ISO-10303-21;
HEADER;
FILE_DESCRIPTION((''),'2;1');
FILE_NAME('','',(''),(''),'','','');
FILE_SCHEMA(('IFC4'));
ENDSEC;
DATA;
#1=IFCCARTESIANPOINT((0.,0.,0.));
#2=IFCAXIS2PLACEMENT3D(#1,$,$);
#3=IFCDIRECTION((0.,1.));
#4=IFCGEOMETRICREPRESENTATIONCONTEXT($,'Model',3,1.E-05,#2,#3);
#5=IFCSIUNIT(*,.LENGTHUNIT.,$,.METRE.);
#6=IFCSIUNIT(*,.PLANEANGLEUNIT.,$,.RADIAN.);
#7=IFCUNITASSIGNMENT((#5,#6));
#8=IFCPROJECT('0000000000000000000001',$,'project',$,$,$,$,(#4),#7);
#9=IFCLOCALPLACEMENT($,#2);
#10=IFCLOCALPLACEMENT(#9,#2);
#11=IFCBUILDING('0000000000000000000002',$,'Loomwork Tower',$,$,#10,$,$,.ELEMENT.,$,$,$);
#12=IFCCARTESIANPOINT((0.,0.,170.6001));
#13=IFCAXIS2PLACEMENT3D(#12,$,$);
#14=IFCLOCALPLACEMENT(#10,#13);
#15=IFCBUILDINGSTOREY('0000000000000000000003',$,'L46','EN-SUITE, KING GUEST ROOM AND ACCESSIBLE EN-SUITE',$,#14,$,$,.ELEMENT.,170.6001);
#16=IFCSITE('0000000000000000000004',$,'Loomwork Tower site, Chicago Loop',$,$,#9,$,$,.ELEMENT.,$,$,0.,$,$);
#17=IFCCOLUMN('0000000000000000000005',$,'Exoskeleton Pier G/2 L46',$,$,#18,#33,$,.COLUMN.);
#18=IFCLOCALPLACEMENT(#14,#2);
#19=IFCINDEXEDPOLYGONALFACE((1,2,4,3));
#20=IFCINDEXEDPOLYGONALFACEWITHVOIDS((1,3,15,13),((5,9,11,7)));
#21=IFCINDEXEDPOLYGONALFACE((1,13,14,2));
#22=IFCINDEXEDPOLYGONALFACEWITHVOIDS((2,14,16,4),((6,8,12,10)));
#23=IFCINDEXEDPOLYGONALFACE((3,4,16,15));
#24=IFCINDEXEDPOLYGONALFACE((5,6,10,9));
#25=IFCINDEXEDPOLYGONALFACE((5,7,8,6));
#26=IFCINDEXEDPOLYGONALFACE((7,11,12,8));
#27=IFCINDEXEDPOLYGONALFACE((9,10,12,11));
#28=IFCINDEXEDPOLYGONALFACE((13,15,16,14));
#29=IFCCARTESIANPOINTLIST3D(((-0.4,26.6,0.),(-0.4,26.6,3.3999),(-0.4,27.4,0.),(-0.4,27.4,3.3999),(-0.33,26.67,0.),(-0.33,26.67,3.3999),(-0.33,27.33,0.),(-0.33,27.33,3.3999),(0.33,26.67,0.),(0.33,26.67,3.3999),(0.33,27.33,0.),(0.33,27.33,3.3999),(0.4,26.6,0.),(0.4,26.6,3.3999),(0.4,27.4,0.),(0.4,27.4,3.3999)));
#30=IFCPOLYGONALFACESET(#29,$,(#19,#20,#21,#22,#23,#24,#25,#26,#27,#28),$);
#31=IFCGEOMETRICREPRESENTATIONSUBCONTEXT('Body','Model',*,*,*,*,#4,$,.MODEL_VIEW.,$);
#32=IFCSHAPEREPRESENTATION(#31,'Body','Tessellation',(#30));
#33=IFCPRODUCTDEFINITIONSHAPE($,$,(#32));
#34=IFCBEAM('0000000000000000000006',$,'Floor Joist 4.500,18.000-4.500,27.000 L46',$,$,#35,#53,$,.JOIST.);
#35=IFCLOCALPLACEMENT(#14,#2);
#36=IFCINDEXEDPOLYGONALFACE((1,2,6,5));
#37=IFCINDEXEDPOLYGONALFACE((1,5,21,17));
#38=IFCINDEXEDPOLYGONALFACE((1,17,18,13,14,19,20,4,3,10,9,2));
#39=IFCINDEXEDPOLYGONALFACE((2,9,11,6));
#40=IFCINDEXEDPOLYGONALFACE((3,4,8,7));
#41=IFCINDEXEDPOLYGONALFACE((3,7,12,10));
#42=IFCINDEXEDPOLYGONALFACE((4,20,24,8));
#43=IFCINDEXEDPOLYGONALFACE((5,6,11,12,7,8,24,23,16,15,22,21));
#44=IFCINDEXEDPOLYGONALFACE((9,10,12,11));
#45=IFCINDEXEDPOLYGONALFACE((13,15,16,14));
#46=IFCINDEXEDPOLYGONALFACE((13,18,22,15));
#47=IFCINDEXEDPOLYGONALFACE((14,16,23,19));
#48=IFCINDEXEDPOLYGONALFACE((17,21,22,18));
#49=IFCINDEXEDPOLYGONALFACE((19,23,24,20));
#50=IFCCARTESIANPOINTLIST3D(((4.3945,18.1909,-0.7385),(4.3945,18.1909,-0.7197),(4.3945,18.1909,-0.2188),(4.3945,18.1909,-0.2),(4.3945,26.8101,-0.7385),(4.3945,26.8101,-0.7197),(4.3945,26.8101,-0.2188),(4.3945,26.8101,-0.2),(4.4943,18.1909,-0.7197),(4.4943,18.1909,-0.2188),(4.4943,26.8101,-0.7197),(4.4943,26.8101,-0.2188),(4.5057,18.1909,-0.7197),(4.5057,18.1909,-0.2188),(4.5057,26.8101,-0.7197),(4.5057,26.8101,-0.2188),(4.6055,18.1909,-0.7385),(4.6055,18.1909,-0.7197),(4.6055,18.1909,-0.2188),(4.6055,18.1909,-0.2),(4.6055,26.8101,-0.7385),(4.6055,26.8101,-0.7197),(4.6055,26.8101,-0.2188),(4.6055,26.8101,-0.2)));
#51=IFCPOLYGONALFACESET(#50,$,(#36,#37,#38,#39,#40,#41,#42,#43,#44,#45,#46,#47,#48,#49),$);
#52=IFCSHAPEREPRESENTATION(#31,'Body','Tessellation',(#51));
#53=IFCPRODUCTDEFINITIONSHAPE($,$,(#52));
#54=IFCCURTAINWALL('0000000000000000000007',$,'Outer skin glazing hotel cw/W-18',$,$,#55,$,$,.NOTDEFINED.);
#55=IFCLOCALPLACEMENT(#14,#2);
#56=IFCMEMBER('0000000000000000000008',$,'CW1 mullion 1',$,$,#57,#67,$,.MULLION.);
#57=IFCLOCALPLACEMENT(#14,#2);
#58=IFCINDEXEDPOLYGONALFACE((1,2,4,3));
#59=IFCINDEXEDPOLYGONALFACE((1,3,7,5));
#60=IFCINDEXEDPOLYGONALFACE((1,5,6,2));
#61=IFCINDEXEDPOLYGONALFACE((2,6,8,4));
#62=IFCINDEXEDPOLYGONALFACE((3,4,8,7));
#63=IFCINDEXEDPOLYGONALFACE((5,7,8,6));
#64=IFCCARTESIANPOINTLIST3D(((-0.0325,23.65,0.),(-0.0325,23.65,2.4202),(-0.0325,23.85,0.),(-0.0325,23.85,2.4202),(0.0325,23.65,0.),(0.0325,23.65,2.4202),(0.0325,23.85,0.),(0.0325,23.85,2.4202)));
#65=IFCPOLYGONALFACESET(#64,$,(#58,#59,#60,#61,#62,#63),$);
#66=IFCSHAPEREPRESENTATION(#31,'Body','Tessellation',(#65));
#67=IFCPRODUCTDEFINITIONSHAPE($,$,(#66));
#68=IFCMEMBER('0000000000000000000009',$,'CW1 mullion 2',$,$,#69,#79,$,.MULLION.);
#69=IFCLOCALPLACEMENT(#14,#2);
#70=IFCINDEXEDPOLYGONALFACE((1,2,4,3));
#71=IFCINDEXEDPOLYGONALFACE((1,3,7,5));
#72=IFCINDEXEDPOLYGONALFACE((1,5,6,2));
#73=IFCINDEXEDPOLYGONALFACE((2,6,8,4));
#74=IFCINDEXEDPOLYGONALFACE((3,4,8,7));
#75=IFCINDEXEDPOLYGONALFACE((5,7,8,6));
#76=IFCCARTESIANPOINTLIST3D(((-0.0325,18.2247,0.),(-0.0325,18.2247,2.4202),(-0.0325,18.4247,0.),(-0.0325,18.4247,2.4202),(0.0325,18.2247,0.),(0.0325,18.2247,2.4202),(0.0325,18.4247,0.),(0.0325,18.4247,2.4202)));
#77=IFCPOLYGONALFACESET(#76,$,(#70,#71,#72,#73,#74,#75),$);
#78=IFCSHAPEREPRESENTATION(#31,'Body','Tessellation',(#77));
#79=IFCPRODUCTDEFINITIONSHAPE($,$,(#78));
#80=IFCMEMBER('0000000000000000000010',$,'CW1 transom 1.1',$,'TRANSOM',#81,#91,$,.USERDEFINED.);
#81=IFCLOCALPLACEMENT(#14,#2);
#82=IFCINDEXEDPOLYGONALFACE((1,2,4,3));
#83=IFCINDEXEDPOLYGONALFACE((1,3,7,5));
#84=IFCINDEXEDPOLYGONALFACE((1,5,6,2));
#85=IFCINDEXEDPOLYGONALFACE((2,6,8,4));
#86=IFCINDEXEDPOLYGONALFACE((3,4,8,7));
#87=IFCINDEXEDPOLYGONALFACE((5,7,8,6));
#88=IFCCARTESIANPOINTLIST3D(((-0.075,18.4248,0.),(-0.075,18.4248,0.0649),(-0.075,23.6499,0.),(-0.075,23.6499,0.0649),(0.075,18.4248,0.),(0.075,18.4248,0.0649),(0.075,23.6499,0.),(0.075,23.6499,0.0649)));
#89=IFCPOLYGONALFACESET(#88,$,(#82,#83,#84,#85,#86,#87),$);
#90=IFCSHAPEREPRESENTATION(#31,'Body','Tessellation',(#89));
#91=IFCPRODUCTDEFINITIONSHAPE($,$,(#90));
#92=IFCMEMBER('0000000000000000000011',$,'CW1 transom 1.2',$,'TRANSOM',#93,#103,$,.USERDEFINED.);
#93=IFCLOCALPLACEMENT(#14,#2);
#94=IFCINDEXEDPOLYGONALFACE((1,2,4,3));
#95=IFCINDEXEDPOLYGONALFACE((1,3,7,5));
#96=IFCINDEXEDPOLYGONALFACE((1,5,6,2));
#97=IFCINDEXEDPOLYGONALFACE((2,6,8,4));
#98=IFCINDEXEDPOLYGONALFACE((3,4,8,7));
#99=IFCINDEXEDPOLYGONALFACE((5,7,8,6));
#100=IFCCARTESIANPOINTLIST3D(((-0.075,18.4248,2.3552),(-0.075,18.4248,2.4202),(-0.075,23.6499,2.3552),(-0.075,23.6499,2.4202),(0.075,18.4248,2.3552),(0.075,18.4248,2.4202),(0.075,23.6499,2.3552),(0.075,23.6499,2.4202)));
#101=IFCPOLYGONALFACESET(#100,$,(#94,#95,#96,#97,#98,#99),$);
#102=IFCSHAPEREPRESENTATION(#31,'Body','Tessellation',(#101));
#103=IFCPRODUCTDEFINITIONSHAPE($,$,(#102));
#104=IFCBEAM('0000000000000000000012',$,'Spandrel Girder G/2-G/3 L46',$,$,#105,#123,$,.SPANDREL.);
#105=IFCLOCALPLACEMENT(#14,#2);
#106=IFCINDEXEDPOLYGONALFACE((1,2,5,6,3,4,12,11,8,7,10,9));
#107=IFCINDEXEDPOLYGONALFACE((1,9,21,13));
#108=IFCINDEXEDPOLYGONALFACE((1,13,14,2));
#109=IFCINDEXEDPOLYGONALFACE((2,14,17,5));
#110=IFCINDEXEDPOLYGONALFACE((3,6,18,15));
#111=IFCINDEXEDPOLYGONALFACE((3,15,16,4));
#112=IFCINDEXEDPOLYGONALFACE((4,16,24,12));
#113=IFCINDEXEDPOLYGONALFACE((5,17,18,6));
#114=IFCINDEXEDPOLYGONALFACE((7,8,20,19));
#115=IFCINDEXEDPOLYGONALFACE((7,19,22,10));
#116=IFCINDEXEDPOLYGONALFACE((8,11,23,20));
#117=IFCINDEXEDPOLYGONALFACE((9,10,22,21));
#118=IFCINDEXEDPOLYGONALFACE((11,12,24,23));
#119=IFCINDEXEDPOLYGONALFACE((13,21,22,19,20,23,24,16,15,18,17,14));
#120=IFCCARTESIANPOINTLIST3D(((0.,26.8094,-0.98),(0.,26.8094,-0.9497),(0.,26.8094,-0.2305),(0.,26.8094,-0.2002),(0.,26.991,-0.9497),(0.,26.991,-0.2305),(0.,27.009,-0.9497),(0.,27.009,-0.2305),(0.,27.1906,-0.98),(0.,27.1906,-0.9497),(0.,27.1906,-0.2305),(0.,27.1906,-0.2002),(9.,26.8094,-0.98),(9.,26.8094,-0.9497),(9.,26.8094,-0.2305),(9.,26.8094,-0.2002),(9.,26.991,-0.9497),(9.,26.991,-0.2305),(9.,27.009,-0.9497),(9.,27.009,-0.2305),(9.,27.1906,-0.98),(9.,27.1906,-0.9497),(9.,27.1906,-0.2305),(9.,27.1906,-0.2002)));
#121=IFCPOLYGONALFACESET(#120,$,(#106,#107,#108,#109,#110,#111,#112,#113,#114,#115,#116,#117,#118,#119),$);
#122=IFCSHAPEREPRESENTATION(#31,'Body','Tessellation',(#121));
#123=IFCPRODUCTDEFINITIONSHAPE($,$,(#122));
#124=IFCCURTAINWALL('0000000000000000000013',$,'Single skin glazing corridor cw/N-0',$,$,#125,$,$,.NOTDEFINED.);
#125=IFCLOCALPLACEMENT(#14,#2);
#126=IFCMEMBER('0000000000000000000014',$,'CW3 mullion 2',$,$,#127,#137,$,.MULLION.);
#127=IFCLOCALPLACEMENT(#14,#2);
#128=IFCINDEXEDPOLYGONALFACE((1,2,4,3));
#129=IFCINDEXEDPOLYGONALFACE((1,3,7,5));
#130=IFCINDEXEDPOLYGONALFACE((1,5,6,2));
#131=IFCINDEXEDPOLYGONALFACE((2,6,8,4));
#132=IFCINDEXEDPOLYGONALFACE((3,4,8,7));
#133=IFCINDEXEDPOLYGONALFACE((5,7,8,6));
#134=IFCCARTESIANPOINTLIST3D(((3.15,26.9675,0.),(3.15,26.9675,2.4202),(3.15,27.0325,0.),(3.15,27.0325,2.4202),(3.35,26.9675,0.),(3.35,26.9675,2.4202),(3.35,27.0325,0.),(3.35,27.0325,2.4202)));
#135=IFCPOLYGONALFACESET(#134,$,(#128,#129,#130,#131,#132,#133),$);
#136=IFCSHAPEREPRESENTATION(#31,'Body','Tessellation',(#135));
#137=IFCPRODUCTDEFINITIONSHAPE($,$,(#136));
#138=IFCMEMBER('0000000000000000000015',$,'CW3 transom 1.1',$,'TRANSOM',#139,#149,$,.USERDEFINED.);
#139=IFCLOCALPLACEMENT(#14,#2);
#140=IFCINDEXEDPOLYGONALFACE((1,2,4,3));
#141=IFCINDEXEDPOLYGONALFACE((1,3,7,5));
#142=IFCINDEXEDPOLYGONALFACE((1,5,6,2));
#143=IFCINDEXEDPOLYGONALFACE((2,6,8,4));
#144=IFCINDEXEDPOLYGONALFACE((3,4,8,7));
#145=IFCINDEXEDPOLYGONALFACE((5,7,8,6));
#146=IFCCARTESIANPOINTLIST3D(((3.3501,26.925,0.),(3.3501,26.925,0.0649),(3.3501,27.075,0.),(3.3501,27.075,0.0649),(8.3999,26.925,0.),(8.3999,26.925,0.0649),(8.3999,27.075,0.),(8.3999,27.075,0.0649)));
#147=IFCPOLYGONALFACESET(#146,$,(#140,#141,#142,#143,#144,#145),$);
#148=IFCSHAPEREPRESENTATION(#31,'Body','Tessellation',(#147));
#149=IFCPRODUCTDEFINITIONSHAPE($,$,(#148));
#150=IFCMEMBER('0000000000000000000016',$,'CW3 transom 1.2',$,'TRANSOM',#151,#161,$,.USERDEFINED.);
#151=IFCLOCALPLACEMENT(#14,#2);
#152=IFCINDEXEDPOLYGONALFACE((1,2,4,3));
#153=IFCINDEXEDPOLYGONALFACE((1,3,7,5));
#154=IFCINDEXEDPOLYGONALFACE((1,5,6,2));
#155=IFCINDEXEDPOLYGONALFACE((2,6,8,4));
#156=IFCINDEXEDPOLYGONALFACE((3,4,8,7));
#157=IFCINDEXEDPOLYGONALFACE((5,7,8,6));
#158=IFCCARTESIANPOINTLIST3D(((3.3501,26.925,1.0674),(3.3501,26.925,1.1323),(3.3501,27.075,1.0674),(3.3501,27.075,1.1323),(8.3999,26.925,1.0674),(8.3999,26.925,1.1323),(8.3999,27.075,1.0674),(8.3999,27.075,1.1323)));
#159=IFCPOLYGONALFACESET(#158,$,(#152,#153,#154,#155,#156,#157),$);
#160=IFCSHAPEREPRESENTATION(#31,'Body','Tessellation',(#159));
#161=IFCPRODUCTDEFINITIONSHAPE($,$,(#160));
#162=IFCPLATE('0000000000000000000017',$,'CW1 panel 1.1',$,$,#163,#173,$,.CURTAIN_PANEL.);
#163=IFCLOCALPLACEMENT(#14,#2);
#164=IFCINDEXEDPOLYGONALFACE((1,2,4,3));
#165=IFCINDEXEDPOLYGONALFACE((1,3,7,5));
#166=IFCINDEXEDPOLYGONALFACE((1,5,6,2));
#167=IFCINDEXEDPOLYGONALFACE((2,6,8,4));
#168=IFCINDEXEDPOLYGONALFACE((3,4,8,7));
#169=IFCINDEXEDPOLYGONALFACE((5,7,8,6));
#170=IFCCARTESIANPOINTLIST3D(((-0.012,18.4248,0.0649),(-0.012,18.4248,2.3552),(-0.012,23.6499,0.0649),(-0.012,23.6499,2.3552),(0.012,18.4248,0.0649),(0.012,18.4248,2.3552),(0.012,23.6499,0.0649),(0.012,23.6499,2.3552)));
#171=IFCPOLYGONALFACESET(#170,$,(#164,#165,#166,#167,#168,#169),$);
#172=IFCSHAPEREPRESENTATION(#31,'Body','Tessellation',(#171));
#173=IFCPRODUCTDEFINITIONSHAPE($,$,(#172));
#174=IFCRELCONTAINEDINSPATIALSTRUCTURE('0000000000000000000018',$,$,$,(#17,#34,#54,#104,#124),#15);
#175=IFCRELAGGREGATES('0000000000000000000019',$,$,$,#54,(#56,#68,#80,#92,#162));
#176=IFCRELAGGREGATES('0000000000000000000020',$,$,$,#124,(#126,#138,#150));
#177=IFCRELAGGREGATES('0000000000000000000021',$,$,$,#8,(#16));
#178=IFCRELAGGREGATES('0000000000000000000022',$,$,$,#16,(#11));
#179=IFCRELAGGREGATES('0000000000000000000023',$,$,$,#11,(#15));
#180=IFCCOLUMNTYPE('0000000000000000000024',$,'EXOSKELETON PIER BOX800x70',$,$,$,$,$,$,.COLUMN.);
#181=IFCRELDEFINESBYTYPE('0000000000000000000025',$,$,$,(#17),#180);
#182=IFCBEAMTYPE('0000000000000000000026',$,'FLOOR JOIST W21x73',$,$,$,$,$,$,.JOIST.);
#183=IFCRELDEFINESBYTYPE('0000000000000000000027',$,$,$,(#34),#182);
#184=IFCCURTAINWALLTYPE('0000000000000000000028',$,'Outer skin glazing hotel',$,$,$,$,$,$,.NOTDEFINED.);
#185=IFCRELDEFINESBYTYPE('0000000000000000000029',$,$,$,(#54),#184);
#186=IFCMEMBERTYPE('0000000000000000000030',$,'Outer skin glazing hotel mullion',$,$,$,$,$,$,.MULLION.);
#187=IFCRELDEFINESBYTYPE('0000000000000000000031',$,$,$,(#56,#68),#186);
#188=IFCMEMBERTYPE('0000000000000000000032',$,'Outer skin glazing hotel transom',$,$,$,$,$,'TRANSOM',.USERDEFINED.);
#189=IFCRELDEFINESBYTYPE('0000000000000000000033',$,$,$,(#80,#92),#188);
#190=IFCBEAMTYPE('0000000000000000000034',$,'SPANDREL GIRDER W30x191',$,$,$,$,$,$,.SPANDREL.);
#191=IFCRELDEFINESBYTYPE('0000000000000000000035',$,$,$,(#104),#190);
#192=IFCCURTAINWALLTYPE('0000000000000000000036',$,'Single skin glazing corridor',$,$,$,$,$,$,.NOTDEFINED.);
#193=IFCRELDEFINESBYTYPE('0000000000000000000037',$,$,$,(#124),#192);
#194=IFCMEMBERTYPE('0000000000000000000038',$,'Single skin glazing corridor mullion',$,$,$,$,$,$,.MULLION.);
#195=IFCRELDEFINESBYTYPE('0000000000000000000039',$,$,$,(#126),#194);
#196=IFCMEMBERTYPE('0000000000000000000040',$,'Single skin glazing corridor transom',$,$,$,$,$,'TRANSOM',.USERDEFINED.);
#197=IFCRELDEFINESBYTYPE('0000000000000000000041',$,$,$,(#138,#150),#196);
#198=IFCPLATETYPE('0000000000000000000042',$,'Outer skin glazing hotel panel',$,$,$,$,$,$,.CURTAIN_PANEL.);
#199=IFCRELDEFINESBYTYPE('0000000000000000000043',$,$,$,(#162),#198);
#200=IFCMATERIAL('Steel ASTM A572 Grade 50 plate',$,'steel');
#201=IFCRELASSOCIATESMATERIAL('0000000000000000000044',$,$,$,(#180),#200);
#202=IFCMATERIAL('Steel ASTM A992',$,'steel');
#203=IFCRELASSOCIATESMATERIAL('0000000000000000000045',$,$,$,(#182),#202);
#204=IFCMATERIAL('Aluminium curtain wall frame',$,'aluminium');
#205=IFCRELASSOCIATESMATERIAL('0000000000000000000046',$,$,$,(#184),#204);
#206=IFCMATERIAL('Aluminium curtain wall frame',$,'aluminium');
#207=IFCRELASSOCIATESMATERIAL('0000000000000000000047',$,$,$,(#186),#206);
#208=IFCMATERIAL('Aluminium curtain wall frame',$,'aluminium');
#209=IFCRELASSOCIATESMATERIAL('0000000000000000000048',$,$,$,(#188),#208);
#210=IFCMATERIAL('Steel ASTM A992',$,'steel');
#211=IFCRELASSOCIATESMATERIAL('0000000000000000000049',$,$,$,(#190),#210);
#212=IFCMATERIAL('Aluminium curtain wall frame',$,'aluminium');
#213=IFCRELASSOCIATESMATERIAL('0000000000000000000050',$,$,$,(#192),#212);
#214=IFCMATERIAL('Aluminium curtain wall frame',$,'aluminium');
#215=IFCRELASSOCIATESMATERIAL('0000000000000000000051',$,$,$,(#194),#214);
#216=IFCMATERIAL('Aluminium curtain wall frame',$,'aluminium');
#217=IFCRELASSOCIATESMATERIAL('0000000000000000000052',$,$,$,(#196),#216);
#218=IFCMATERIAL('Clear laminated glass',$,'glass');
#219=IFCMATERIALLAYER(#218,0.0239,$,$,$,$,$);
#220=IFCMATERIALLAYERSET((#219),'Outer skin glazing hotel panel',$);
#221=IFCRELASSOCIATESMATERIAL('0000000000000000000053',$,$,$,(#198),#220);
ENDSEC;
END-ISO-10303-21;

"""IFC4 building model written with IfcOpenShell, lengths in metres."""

from ifc_helpers import new_model, si_unit, direction, frame, origin, origin_2d, place, context, subcontext, project, spatial, rectangle, hollow_rectangle, i_section, extrude, material, layer, layer_set, material_profile, profile_set, type_object, element, aggregate, save


model = new_model("IFC4")

# Units and contexts
model_context = context("Model", 3, precision=1e-05, world=origin(), true_north=direction((0.0, 1.0)))
body_context = subcontext(model_context, "Body", "Model", "MODEL_VIEW")
ifc_project = project(units=[si_unit("LENGTHUNIT", "METRE"), si_unit("PLANEANGLEUNIT", "RADIAN")], contexts=[model_context])

# Site, building, storey
site_placement = place(None, origin())
site = spatial("IfcSite", under=ifc_project, at=site_placement, Name="Loomwork Tower site, Chicago Loop", CompositionType="ELEMENT", RefElevation=0.0)
building_placement = place(site_placement, origin())
building = spatial("IfcBuilding", under=site, at=building_placement, Name="Loomwork Tower", CompositionType="ELEMENT")
storey_placement = place(building_placement, frame((0.0, 0.0, 170.6001)))
storey = spatial("IfcBuildingStorey", under=building, at=storey_placement, Name="L46", Description="EN-SUITE, KING GUEST ROOM AND ACCESSIBLE EN-SUITE", CompositionType="ELEMENT", Elevation=170.6001)

# Column
ifc_material_1 = material(Name="Steel ASTM A572 Grade 50 plate", Category="steel")
ifc_material_profile_1 = material_profile(ifc_material_1, hollow_rectangle(XDim=0.8, YDim=0.8, WallThickness=0.0701, at=origin_2d()), Name="BOX800x70")
ifc_profile_set_1 = profile_set([ifc_material_profile_1], Name="Steel ASTM A572 Grade 50 plate")
column_type = type_object("IfcColumnType", Name="EXOSKELETON PIER BOX800x70", PredefinedType="COLUMN", material=ifc_profile_set_1)
column_placement = place(storey_placement, frame((0.0, 27.0, 0.0), z_axis=(0.0, 0.0, 1.0), x_axis=(0.0, 1.0, 0.0)))
element("IfcColumn", 1, at=column_placement, inside=storey, type_object=column_type, Name="Exoskeleton Pier G/2 L46", PredefinedType="COLUMN", context=body_context, shape_type="SweptSolid", body=[
    extrude(hollow_rectangle(XDim=0.8, YDim=0.8, WallThickness=0.0701, at=origin_2d()), origin(), (0.0, 0.0, 1.0), 3.3999),
])

# Beam
ifc_material_2 = material(Name="Steel ASTM A992", Category="steel")
ifc_material_profile_2 = material_profile(ifc_material_2, i_section(OverallWidth=0.2109, OverallDepth=0.5386, WebThickness=0.0115, FlangeThickness=0.0188, at=origin_2d()), Name="W21x73")
ifc_profile_set_2 = profile_set([ifc_material_profile_2], Name="Steel ASTM A992")
beam_type_1 = type_object("IfcBeamType", Name="FLOOR JOIST W21x73", PredefinedType="JOIST", material=ifc_profile_set_2)
beam_1_placement = place(storey_placement, frame((4.5, 18.1909, -0.4692), z_axis=(0.0, 1.0, 0.0), x_axis=(-1.0, 0.0, 0.0)))
element("IfcBeam", 2, at=beam_1_placement, inside=storey, type_object=beam_type_1, Name="Floor Joist 4.500,18.000-4.500,27.000 L46", PredefinedType="JOIST", context=body_context, shape_type="SweptSolid", body=[
    extrude(i_section(OverallWidth=0.2109, OverallDepth=0.5386, WebThickness=0.0115, FlangeThickness=0.0188, at=origin_2d()), origin(), (0.0, 0.0, 1.0), 8.6191),
])

# Curtain wall, members
ifc_material_3 = material(Name="Aluminium curtain wall frame", Category="aluminium")
curtain_wall_type_1 = type_object("IfcCurtainWallType", Name="Outer skin glazing hotel", PredefinedType="NOTDEFINED", material=ifc_material_3)
curtain_wall_1_placement = place(storey_placement, origin())
curtain_wall_1 = element("IfcCurtainWall", 3, at=curtain_wall_1_placement, inside=storey, type_object=curtain_wall_type_1, Name="Outer skin glazing hotel cw/W-18", PredefinedType="NOTDEFINED")
ifc_material_4 = material(Name="Aluminium curtain wall frame", Category="aluminium")
ifc_material_profile_3 = material_profile(ifc_material_4, rectangle(XDim=0.0649, YDim=0.2, at=origin_2d()), Name="AL 65x200")
ifc_profile_set_3 = profile_set([ifc_material_profile_3], Name="Aluminium curtain wall frame")
member_type_1 = type_object("IfcMemberType", Name="Outer skin glazing hotel mullion", PredefinedType="MULLION", material=ifc_profile_set_3)
member_1_placement = place(storey_placement, frame((0.0, 23.75, 0.0), z_axis=(0.0, 0.0, 1.0), x_axis=(1.0, 0.0, 0.0)))
member_1 = element("IfcMember", 4, at=member_1_placement, type_object=member_type_1, Name="CW1 mullion 1", PredefinedType="MULLION", context=body_context, shape_type="SweptSolid", body=[
    extrude(rectangle(XDim=0.0649, YDim=0.2, at=origin_2d()), origin(), (0.0, 0.0, 1.0), 2.4202),
])
member_2_placement = place(storey_placement, frame((0.0, 18.3247, 0.0), z_axis=(0.0, 0.0, 1.0), x_axis=(1.0, 0.0, 0.0)))
member_2 = element("IfcMember", 5, at=member_2_placement, type_object=member_type_1, Name="CW1 mullion 2", PredefinedType="MULLION", context=body_context, shape_type="SweptSolid", body=[
    extrude(rectangle(XDim=0.0649, YDim=0.2, at=origin_2d()), origin(), (0.0, 0.0, 1.0), 2.4202),
])
ifc_material_5 = material(Name="Aluminium curtain wall frame", Category="aluminium")
ifc_material_profile_4 = material_profile(ifc_material_5, rectangle(XDim=0.1499, YDim=0.0649, at=origin_2d()), Name="AL 65x150")
ifc_profile_set_4 = profile_set([ifc_material_profile_4], Name="Aluminium curtain wall frame")
member_type_2 = type_object("IfcMemberType", Name="Outer skin glazing hotel transom", ElementType="TRANSOM", PredefinedType="USERDEFINED", material=ifc_profile_set_4)
member_3_placement = place(storey_placement, frame((0.0, 23.6499, 0.0325), z_axis=(0.0, -1.0, 0.0), x_axis=(1.0, 0.0, 0.0)))
member_3 = element("IfcMember", 6, at=member_3_placement, type_object=member_type_2, Name="CW1 transom 1.1", ObjectType="TRANSOM", PredefinedType="USERDEFINED", context=body_context, shape_type="SweptSolid", body=[
    extrude(rectangle(XDim=0.1499, YDim=0.0649, at=origin_2d()), origin(), (0.0, 0.0, 1.0), 5.2251),
])
member_4_placement = place(storey_placement, frame((0.0, 23.6499, 2.3877), z_axis=(0.0, -1.0, 0.0), x_axis=(1.0, 0.0, 0.0)))
member_4 = element("IfcMember", 7, at=member_4_placement, type_object=member_type_2, Name="CW1 transom 1.2", ObjectType="TRANSOM", PredefinedType="USERDEFINED", context=body_context, shape_type="SweptSolid", body=[
    extrude(rectangle(XDim=0.1499, YDim=0.0649, at=origin_2d()), origin(), (0.0, 0.0, 1.0), 5.2251),
])

# Beam
ifc_material_6 = material(Name="Steel ASTM A992", Category="steel")
ifc_material_profile_5 = material_profile(ifc_material_6, i_section(OverallWidth=0.3811, OverallDepth=0.7798, WebThickness=0.0181, FlangeThickness=0.0303, at=origin_2d()), Name="W30x191")
ifc_profile_set_5 = profile_set([ifc_material_profile_5], Name="Steel ASTM A992")
beam_type_2 = type_object("IfcBeamType", Name="SPANDREL GIRDER W30x191", PredefinedType="SPANDREL", material=ifc_profile_set_5)
beam_2_placement = place(storey_placement, frame((0.0, 27.0, -0.5901), z_axis=(1.0, 0.0, 0.0), x_axis=(0.0, 1.0, 0.0)))
element("IfcBeam", 8, at=beam_2_placement, inside=storey, type_object=beam_type_2, Name="Spandrel Girder G/2-G/3 L46", PredefinedType="SPANDREL", context=body_context, shape_type="SweptSolid", body=[
    extrude(i_section(OverallWidth=0.3811, OverallDepth=0.7798, WebThickness=0.0181, FlangeThickness=0.0303, at=origin_2d()), origin(), (0.0, 0.0, 1.0), 9.0),
])

# Curtain wall, members
ifc_material_7 = material(Name="Aluminium curtain wall frame", Category="aluminium")
curtain_wall_type_2 = type_object("IfcCurtainWallType", Name="Single skin glazing corridor", PredefinedType="NOTDEFINED", material=ifc_material_7)
curtain_wall_2_placement = place(storey_placement, origin())
curtain_wall_2 = element("IfcCurtainWall", 9, at=curtain_wall_2_placement, inside=storey, type_object=curtain_wall_type_2, Name="Single skin glazing corridor cw/N-0", PredefinedType="NOTDEFINED")
ifc_material_8 = material(Name="Aluminium curtain wall frame", Category="aluminium")
ifc_material_profile_6 = material_profile(ifc_material_8, rectangle(XDim=0.0649, YDim=0.2, at=origin_2d()), Name="AL 65x200")
ifc_profile_set_6 = profile_set([ifc_material_profile_6], Name="Aluminium curtain wall frame")
member_type_3 = type_object("IfcMemberType", Name="Single skin glazing corridor mullion", PredefinedType="MULLION", material=ifc_profile_set_6)
member_5_placement = place(storey_placement, frame((3.25, 27.0, 0.0), z_axis=(0.0, 0.0, 1.0), x_axis=(0.0, -1.0, 0.0)))
member_5 = element("IfcMember", 10, at=member_5_placement, type_object=member_type_3, Name="CW3 mullion 2", PredefinedType="MULLION", context=body_context, shape_type="SweptSolid", body=[
    extrude(rectangle(XDim=0.0649, YDim=0.2, at=origin_2d()), origin(), (0.0, 0.0, 1.0), 2.4202),
])
ifc_material_9 = material(Name="Aluminium curtain wall frame", Category="aluminium")
ifc_material_profile_7 = material_profile(ifc_material_9, rectangle(XDim=0.1499, YDim=0.0649, at=origin_2d()), Name="AL 65x150")
ifc_profile_set_7 = profile_set([ifc_material_profile_7], Name="Aluminium curtain wall frame")
member_type_4 = type_object("IfcMemberType", Name="Single skin glazing corridor transom", ElementType="TRANSOM", PredefinedType="USERDEFINED", material=ifc_profile_set_7)
member_6_placement = place(storey_placement, frame((8.3999, 27.0, 0.0325), z_axis=(-1.0, 0.0, 0.0), x_axis=(0.0, -1.0, 0.0)))
member_6 = element("IfcMember", 11, at=member_6_placement, type_object=member_type_4, Name="CW3 transom 1.1", ObjectType="TRANSOM", PredefinedType="USERDEFINED", context=body_context, shape_type="SweptSolid", body=[
    extrude(rectangle(XDim=0.1499, YDim=0.0649, at=origin_2d()), origin(), (0.0, 0.0, 1.0), 5.0498),
])
member_7_placement = place(storey_placement, frame((8.3999, 27.0, 1.0999), z_axis=(-1.0, 0.0, 0.0), x_axis=(0.0, -1.0, 0.0)))
member_7 = element("IfcMember", 12, at=member_7_placement, type_object=member_type_4, Name="CW3 transom 1.2", ObjectType="TRANSOM", PredefinedType="USERDEFINED", context=body_context, shape_type="SweptSolid", body=[
    extrude(rectangle(XDim=0.1499, YDim=0.0649, at=origin_2d()), origin(), (0.0, 0.0, 1.0), 5.0498),
])

# Plate
ifc_material_10 = material(Name="Clear laminated glass", Category="glass")
ifc_layer_1 = layer(ifc_material_10, 0.0239)
ifc_layer_set_1 = layer_set([ifc_layer_1], Name="Outer skin glazing hotel panel")
plate_type_1 = type_object("IfcPlateType", Name="Outer skin glazing hotel panel", PredefinedType="CURTAIN_PANEL", material=ifc_layer_set_1)
plate_1_placement = place(storey_placement, frame((0.0, 21.0374, 0.0649), z_axis=(0.0, 0.0, 1.0), x_axis=(0.0, -1.0, 0.0)))
plate_1 = element("IfcPlate", 13, at=plate_1_placement, type_object=plate_type_1, Name="CW1 panel 1.1", PredefinedType="CURTAIN_PANEL", context=body_context, shape_type="SweptSolid", body=[
    extrude(rectangle(XDim=5.2251, YDim=0.0239, at=origin_2d()), origin(), (0.0, 0.0, 1.0), 2.2903),
])
aggregate(curtain_wall_1, [member_1, member_2, member_3, member_4, plate_1])
aggregate(curtain_wall_2, [member_5, member_6, member_7])

save(model, "model.ifc")
